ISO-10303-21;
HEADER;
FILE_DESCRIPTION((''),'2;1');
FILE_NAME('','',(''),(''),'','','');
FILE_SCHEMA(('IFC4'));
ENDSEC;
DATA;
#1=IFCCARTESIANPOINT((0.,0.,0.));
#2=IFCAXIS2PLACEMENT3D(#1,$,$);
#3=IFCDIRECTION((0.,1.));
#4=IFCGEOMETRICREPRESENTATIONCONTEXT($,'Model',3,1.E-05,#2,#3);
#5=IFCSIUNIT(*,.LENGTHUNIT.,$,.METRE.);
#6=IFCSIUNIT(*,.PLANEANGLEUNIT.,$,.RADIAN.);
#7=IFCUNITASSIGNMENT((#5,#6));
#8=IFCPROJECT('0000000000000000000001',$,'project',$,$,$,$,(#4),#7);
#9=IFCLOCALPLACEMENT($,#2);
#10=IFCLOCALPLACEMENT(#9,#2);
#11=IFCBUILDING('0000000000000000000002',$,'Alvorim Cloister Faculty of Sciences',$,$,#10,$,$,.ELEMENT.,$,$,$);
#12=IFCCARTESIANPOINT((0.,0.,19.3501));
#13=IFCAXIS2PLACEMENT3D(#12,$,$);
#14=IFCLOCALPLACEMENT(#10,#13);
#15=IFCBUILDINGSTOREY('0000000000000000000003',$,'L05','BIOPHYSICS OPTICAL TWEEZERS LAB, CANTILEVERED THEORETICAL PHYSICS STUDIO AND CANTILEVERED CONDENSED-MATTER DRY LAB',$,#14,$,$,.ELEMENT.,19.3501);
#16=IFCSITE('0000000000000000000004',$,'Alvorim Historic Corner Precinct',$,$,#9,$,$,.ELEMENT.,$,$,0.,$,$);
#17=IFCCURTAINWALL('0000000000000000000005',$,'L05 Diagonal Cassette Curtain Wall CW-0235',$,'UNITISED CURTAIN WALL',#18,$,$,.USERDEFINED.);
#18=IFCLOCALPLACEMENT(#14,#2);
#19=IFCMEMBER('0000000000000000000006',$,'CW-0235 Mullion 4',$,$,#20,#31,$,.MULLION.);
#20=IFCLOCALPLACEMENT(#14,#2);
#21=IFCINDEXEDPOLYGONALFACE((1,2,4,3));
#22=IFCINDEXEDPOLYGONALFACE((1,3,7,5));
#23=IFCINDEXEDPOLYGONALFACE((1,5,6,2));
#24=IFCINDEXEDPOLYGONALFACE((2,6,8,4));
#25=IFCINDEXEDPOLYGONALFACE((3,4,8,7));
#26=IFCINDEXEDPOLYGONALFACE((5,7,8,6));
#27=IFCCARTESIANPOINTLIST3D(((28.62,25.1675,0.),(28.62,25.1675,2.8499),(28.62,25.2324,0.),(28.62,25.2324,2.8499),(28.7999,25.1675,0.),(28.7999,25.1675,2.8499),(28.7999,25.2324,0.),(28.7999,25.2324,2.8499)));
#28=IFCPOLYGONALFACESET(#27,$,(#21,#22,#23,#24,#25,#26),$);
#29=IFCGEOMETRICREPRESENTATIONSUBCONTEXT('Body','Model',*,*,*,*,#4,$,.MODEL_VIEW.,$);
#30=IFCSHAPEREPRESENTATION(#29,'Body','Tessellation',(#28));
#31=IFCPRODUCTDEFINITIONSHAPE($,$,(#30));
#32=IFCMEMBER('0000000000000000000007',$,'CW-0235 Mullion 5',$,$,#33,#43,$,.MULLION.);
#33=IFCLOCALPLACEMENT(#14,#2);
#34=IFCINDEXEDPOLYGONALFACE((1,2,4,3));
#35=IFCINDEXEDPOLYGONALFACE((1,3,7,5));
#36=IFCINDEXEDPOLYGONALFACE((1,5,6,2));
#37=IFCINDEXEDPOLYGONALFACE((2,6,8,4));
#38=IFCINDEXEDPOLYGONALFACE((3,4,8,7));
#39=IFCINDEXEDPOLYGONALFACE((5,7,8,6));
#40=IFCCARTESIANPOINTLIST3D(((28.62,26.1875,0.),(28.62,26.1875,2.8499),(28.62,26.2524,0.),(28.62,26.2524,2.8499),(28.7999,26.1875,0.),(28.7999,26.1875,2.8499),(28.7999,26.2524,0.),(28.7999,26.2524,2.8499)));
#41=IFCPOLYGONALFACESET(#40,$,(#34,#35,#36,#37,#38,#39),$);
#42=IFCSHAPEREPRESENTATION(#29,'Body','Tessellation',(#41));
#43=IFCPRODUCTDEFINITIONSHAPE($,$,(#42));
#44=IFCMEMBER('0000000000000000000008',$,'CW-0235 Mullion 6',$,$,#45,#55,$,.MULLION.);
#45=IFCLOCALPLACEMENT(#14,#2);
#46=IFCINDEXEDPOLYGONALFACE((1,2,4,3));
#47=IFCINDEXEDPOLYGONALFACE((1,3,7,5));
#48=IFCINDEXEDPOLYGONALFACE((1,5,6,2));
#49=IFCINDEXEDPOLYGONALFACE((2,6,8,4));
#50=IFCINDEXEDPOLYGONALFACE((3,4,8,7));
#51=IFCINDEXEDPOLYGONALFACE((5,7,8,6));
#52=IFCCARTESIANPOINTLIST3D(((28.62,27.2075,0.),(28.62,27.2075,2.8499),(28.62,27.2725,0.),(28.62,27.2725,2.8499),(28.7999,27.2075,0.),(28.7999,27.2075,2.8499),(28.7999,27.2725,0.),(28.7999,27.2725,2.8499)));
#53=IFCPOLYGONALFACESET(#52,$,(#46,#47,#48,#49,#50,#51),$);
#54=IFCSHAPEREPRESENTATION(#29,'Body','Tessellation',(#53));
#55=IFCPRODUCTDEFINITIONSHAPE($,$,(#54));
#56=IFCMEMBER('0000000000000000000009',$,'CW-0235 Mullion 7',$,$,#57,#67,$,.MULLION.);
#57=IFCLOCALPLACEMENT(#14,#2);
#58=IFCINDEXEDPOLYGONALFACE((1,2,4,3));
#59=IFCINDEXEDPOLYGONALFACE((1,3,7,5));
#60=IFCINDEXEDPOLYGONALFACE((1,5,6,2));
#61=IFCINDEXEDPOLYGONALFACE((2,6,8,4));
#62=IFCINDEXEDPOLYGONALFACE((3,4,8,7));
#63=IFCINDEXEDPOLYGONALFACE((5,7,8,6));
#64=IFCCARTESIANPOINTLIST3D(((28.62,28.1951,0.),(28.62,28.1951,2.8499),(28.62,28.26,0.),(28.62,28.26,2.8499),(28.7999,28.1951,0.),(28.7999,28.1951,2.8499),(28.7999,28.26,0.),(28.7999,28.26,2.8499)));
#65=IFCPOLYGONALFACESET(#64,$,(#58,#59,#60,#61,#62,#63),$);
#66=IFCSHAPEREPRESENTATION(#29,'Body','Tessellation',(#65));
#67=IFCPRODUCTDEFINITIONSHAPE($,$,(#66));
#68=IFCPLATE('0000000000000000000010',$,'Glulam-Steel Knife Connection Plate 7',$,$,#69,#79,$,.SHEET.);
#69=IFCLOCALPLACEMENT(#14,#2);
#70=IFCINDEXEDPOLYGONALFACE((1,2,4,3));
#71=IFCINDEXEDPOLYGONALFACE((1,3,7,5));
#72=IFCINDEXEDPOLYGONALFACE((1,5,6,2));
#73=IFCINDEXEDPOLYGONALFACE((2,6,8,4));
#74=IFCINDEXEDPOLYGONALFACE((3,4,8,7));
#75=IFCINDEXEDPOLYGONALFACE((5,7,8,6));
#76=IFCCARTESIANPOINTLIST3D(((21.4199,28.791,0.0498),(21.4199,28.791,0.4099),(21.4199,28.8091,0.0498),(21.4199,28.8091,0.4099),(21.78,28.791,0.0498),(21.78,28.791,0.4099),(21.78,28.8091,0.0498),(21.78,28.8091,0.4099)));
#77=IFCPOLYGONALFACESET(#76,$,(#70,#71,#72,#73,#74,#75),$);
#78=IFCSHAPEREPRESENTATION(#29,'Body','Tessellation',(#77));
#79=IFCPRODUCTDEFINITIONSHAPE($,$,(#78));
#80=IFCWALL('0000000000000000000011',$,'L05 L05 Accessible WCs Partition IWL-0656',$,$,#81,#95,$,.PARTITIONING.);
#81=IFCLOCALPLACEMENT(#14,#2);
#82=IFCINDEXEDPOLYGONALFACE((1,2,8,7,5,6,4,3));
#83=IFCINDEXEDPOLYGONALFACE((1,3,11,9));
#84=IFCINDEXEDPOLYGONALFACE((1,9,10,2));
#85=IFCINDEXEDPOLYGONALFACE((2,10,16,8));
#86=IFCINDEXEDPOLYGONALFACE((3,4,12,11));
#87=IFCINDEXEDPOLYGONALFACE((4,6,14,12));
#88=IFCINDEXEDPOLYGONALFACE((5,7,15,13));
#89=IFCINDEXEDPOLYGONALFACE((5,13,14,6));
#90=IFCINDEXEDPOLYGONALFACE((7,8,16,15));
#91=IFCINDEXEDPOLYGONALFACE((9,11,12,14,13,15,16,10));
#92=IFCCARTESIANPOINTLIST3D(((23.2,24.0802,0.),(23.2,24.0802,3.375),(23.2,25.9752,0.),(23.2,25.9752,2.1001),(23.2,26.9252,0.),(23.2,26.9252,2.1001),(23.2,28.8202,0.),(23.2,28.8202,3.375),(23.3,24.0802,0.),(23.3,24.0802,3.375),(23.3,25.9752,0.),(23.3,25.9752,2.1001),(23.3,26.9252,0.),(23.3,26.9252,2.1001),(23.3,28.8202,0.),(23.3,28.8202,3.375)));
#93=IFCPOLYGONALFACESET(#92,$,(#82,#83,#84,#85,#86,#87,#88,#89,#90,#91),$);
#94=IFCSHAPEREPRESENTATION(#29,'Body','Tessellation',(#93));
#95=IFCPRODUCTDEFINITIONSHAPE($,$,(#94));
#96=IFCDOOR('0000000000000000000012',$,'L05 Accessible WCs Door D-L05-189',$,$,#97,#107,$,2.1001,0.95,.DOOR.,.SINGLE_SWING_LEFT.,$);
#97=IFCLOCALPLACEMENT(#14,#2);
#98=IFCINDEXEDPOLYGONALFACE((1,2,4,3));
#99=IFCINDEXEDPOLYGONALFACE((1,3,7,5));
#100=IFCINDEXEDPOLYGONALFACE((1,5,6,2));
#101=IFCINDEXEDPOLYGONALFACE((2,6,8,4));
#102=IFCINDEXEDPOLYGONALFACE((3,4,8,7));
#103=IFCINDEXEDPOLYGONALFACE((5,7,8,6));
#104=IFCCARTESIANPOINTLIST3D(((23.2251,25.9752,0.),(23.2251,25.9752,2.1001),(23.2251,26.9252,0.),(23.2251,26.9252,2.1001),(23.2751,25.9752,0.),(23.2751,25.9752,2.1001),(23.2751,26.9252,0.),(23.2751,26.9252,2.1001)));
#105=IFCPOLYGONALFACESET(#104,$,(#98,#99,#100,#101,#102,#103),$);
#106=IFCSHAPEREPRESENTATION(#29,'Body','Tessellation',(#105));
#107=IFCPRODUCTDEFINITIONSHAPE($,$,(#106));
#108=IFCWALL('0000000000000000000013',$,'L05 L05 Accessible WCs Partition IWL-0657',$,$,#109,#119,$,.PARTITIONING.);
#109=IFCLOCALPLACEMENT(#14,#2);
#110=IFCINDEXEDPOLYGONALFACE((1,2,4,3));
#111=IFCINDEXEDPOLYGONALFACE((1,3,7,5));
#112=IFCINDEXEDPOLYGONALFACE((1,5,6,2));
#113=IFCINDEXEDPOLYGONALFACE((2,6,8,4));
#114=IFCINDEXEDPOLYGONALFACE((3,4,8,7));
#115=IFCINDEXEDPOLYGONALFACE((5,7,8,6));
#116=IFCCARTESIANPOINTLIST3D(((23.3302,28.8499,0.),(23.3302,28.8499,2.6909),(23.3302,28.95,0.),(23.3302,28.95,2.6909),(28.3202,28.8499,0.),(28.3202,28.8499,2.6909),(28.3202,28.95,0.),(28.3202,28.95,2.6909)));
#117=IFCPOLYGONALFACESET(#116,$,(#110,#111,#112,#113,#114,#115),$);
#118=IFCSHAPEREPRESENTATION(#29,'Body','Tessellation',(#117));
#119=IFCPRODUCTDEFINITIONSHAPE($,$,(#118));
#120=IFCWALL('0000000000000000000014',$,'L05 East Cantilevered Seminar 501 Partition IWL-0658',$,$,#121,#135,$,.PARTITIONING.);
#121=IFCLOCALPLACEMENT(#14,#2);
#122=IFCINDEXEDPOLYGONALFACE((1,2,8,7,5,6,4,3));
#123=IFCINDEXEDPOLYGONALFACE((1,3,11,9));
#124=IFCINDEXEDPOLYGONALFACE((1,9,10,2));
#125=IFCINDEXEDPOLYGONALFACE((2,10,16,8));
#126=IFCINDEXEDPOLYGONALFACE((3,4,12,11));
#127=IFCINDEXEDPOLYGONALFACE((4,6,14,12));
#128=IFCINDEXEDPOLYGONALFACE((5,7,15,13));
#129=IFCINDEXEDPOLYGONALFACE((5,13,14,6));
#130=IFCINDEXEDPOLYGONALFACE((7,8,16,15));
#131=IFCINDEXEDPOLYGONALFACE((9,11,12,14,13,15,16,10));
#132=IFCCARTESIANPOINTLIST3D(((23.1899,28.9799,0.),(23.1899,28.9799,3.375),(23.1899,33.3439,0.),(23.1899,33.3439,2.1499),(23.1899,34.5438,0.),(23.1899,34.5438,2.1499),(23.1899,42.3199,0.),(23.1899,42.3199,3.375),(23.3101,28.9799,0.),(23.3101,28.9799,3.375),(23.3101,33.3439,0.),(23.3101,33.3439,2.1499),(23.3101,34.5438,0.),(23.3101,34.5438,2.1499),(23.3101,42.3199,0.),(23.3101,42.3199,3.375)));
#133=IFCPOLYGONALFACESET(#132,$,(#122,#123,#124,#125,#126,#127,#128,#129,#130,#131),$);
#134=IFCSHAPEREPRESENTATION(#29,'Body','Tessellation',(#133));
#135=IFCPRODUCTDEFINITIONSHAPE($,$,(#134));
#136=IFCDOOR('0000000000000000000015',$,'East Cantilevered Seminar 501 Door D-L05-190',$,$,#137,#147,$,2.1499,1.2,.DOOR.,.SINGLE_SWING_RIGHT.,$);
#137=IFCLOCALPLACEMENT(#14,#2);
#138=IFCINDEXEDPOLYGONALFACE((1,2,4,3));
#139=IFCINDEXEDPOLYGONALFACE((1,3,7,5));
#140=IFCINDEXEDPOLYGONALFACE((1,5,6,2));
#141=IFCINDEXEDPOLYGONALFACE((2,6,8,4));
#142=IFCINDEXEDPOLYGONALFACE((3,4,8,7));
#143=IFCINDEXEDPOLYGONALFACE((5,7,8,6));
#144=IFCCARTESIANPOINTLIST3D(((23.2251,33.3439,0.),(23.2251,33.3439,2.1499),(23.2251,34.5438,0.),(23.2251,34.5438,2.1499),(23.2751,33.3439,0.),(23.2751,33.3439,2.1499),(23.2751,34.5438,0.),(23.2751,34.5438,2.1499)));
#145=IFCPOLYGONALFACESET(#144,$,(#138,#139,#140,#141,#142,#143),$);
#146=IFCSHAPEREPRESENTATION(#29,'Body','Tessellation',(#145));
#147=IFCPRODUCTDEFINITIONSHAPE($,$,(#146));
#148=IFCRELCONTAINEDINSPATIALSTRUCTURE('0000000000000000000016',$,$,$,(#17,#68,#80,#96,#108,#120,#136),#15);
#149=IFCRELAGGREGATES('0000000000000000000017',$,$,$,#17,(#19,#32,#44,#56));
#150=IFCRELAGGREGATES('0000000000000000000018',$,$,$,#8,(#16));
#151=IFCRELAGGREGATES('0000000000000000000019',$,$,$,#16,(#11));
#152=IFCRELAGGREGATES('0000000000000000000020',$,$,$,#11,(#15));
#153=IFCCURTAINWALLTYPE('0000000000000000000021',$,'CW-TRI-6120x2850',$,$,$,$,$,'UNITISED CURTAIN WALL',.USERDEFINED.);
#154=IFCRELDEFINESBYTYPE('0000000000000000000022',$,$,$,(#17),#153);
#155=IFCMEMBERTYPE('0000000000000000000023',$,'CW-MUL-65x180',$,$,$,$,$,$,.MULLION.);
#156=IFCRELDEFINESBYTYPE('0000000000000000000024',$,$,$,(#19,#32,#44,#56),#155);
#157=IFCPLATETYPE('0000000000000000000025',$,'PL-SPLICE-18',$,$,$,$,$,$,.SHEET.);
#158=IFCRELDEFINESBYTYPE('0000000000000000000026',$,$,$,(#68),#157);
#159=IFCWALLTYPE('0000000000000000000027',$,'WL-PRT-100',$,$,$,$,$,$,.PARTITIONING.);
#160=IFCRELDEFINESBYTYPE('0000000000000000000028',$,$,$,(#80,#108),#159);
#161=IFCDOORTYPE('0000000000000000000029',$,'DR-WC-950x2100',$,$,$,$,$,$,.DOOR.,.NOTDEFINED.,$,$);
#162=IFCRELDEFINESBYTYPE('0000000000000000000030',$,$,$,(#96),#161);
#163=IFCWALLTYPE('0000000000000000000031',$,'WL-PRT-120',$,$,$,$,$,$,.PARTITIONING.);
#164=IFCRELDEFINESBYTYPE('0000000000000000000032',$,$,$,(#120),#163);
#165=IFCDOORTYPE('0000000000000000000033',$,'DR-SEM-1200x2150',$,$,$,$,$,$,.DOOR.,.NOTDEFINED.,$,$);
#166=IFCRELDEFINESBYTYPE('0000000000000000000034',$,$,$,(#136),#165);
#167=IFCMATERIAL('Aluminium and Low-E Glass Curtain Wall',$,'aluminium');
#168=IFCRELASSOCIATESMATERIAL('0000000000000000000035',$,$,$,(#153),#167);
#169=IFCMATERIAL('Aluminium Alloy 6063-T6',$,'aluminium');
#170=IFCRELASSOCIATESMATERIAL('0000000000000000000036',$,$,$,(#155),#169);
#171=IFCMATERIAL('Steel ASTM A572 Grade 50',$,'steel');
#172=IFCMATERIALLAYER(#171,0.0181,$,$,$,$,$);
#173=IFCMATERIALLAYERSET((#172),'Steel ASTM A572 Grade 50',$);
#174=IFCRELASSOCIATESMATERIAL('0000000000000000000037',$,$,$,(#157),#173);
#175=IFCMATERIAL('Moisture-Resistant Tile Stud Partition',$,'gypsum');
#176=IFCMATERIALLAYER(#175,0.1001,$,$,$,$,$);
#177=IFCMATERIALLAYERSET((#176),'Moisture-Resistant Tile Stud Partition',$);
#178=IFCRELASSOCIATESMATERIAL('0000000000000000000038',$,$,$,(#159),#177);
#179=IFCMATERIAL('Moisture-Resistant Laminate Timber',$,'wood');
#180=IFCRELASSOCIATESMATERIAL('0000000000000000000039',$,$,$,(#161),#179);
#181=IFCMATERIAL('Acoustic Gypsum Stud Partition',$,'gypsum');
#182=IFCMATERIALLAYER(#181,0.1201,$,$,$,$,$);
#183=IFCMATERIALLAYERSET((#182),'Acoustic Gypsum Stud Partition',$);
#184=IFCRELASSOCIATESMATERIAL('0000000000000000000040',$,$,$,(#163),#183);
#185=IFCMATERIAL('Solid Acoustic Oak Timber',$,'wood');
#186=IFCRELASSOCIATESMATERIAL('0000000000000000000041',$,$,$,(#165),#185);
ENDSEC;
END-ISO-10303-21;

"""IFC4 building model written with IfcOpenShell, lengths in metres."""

from ifc_helpers import new_model, si_unit, direction, frame, frame_2d, origin, origin_2d, place, context, subcontext, project, spatial, polyline, rectangle, outline, extrude, material, layer, layer_set, material_profile, profile_set, type_object, element, fill, aggregate, save


model = new_model("IFC4")

# Units and contexts
model_context = context("Model", 3, precision=1e-05, world=origin(), true_north=direction((0.0, 1.0)))
body_context = subcontext(model_context, "Body", "Model", "MODEL_VIEW")
ifc_project = project(units=[si_unit("LENGTHUNIT", "METRE"), si_unit("PLANEANGLEUNIT", "RADIAN")], contexts=[model_context])

# Site, building, storey
site_placement = place(None, origin())
site = spatial("IfcSite", under=ifc_project, at=site_placement, Name="Alvorim Historic Corner Precinct", CompositionType="ELEMENT", RefElevation=0.0)
building_placement = place(site_placement, origin())
building = spatial("IfcBuilding", under=site, at=building_placement, Name="Alvorim Cloister Faculty of Sciences", CompositionType="ELEMENT")
storey_placement = place(building_placement, frame((0.0, 0.0, 19.3501)))
storey = spatial("IfcBuildingStorey", under=building, at=storey_placement, Name="L05", Description="BIOPHYSICS OPTICAL TWEEZERS LAB, CANTILEVERED THEORETICAL PHYSICS STUDIO AND CANTILEVERED CONDENSED-MATTER DRY LAB", CompositionType="ELEMENT", Elevation=19.3501)

# Shared definitions
ifc_material_1 = material(Name="Steel ASTM A572 Grade 50", Category="steel")

# Curtain wall, members
ifc_material_2 = material(Name="Aluminium and Low-E Glass Curtain Wall", Category="aluminium")
curtain_wall_type = type_object("IfcCurtainWallType", Name="CW-TRI-6120x2850", ElementType="UNITISED CURTAIN WALL", PredefinedType="USERDEFINED", material=ifc_material_2)
curtain_wall_placement = place(storey_placement, origin())
curtain_wall = element("IfcCurtainWall", 1, at=curtain_wall_placement, inside=storey, type_object=curtain_wall_type, Name="L05 Diagonal Cassette Curtain Wall CW-0235", ObjectType="UNITISED CURTAIN WALL", PredefinedType="USERDEFINED")
ifc_material_3 = material(Name="Aluminium Alloy 6063-T6", Category="aluminium")
ifc_material_profile_1 = material_profile(ifc_material_3, rectangle(XDim=0.0649, YDim=0.1799, at=origin_2d()), Name="ALU-MUL-65x180")
ifc_profile_set_1 = profile_set([ifc_material_profile_1], Name="Aluminium Alloy 6063-T6")
member_type = type_object("IfcMemberType", Name="CW-MUL-65x180", PredefinedType="MULLION", material=ifc_profile_set_1)
member_1_placement = place(storey_placement, frame((28.71, 25.2, 0.0), z_axis=(0.0, 0.0, 1.0), x_axis=(0.0, 1.0, 0.0)))
member_1 = element("IfcMember", 2, at=member_1_placement, type_object=member_type, Name="CW-0235 Mullion 4", PredefinedType="MULLION", context=body_context, shape_type="SweptSolid", body=[
    extrude(rectangle(XDim=0.0649, YDim=0.1799, at=origin_2d()), origin(), (0.0, 0.0, 1.0), 2.8499),
])
member_2_placement = place(storey_placement, frame((28.71, 26.22, 0.0), z_axis=(0.0, 0.0, 1.0), x_axis=(0.0, 1.0, 0.0)))
member_2 = element("IfcMember", 3, at=member_2_placement, type_object=member_type, Name="CW-0235 Mullion 5", PredefinedType="MULLION", context=body_context, shape_type="SweptSolid", body=[
    extrude(rectangle(XDim=0.0649, YDim=0.1799, at=origin_2d()), origin(), (0.0, 0.0, 1.0), 2.8499),
])
member_3_placement = place(storey_placement, frame((28.71, 27.24, 0.0), z_axis=(0.0, 0.0, 1.0), x_axis=(0.0, 1.0, 0.0)))
member_3 = element("IfcMember", 4, at=member_3_placement, type_object=member_type, Name="CW-0235 Mullion 6", PredefinedType="MULLION", context=body_context, shape_type="SweptSolid", body=[
    extrude(rectangle(XDim=0.0649, YDim=0.1799, at=origin_2d()), origin(), (0.0, 0.0, 1.0), 2.8499),
])
member_4_placement = place(storey_placement, frame((28.71, 28.2275, 0.0), z_axis=(0.0, 0.0, 1.0), x_axis=(0.0, 1.0, 0.0)))
member_4 = element("IfcMember", 5, at=member_4_placement, type_object=member_type, Name="CW-0235 Mullion 7", PredefinedType="MULLION", context=body_context, shape_type="SweptSolid", body=[
    extrude(rectangle(XDim=0.0649, YDim=0.1799, at=origin_2d()), origin(), (0.0, 0.0, 1.0), 2.8499),
])
aggregate(curtain_wall, [member_1, member_2, member_3, member_4])

# Plate
ifc_layer_1 = layer(ifc_material_1, 0.0181)
ifc_layer_set_1 = layer_set([ifc_layer_1], Name="Steel ASTM A572 Grade 50")
plate_type = type_object("IfcPlateType", Name="PL-SPLICE-18", PredefinedType="SHEET", material=ifc_layer_set_1)
plate_placement = place(storey_placement, frame((21.4199, 28.8, 0.0498), z_axis=(0.0, 0.0, 1.0), x_axis=(1.0, 0.0, 0.0)))
element("IfcPlate", 6, at=plate_placement, inside=storey, type_object=plate_type, Name="Glulam-Steel Knife Connection Plate 7", PredefinedType="SHEET", context=body_context, shape_type="SweptSolid", body=[
    extrude(outline(polyline([(0.0, 0.0), (0.3601, 0.0), (0.3601, 0.3601), (0.0, 0.3601), (0.0, 0.0)])), frame((0.0, 0.009, 0.0), z_axis=(0.0, -1.0, 0.0), x_axis=(1.0, 0.0, 0.0)), (0.0, 0.0, 1.0), 0.0181),
])

# Wall, opening, door
ifc_material_4 = material(Name="Moisture-Resistant Tile Stud Partition", Category="gypsum")
ifc_layer_2 = layer(ifc_material_4, 0.1001)
ifc_layer_set_2 = layer_set([ifc_layer_2], Name="Moisture-Resistant Tile Stud Partition")
wall_type_1 = type_object("IfcWallType", Name="WL-PRT-100", PredefinedType="PARTITIONING", material=ifc_layer_set_2)
wall_1_placement = place(storey_placement, frame((23.25, 24.0801, 0.0), z_axis=(0.0, 0.0, 1.0), x_axis=(0.0, 1.0, 0.0)))
wall_1 = element("IfcWall", 7, at=wall_1_placement, inside=storey, type_object=wall_type_1, Name="L05 L05 Accessible WCs Partition IWL-0656", PredefinedType="PARTITIONING", context=body_context, shape_type="SweptSolid", body=[
    extrude(rectangle(XDim=4.74, YDim=0.1001, at=frame_2d((2.3701, 0.0))), origin(), (0.0, 0.0, 1.0), 3.375),
])
opening_1_placement = place(wall_1_placement, frame((1.895, 0.0, 0.0)))
opening_1 = element("IfcOpeningElement", 8, at=opening_1_placement, cuts=wall_1, PredefinedType="OPENING", context=body_context, shape_type="SweptSolid", body=[
    extrude(rectangle(XDim=0.95, YDim=2.1001, at=frame_2d((0.4751, 1.05))), frame((0.0, 0.062, 0.0), z_axis=(0.0, -1.0, 0.0), x_axis=(1.0, 0.0, 0.0)), (0.0, 0.0, 1.0), 0.124),
])
ifc_material_5 = material(Name="Moisture-Resistant Laminate Timber", Category="wood")
door_type_1 = type_object("IfcDoorType", Name="DR-WC-950x2100", OperationType="NOTDEFINED", PredefinedType="DOOR", material=ifc_material_5)
door_1_placement = place(opening_1_placement, origin())
door_1 = element("IfcDoor", 9, at=door_1_placement, inside=storey, type_object=door_type_1, Name="L05 Accessible WCs Door D-L05-189", OperationType="SINGLE_SWING_LEFT", OverallHeight=2.1001, OverallWidth=0.95, PredefinedType="DOOR", context=body_context, shape_type="SweptSolid", body=[
    extrude(rectangle(XDim=0.95, YDim=2.1001, at=frame_2d((0.4751, 1.05))), frame((0.0, 0.0249, 0.0), z_axis=(0.0, -1.0, 0.0), x_axis=(1.0, 0.0, 0.0)), (0.0, 0.0, 1.0), 0.05),
])
fill(opening_1, door_1)

# Wall
wall_2_placement = place(storey_placement, frame((23.3301, 28.8999, 0.0), z_axis=(0.0, 0.0, 1.0), x_axis=(1.0, 0.0, 0.0)))
element("IfcWall", 10, at=wall_2_placement, inside=storey, type_object=wall_type_1, Name="L05 L05 Accessible WCs Partition IWL-0657", PredefinedType="PARTITIONING", context=body_context, shape_type="SweptSolid", body=[
    extrude(rectangle(XDim=4.99, YDim=0.1001, at=frame_2d((2.4951, 0.0))), origin(), (0.0, 0.0, 1.0), 2.6909),
])

# Wall, opening, door
ifc_material_6 = material(Name="Acoustic Gypsum Stud Partition", Category="gypsum")
ifc_layer_3 = layer(ifc_material_6, 0.1201)
ifc_layer_set_3 = layer_set([ifc_layer_3], Name="Acoustic Gypsum Stud Partition")
wall_type_2 = type_object("IfcWallType", Name="WL-PRT-120", PredefinedType="PARTITIONING", material=ifc_layer_set_3)
wall_3_placement = place(storey_placement, frame((23.25, 28.98, 0.0), z_axis=(0.0, 0.0, 1.0), x_axis=(0.0, 1.0, 0.0)))
wall_3 = element("IfcWall", 11, at=wall_3_placement, inside=storey, type_object=wall_type_2, Name="L05 East Cantilevered Seminar 501 Partition IWL-0658", PredefinedType="PARTITIONING", context=body_context, shape_type="SweptSolid", body=[
    extrude(rectangle(XDim=13.3401, YDim=0.1201, at=frame_2d((6.6699, 0.0))), origin(), (0.0, 0.0, 1.0), 3.375),
])
opening_2_placement = place(wall_3_placement, frame((4.3638, 0.0, 0.0)))
opening_2 = element("IfcOpeningElement", 12, at=opening_2_placement, cuts=wall_3, PredefinedType="OPENING", context=body_context, shape_type="SweptSolid", body=[
    extrude(rectangle(XDim=1.2, YDim=2.1499, at=frame_2d((0.6001, 1.075))), frame((0.0, 0.072, 0.0), z_axis=(0.0, -1.0, 0.0), x_axis=(1.0, 0.0, 0.0)), (0.0, 0.0, 1.0), 0.144),
])
ifc_material_7 = material(Name="Solid Acoustic Oak Timber", Category="wood")
door_type_2 = type_object("IfcDoorType", Name="DR-SEM-1200x2150", OperationType="NOTDEFINED", PredefinedType="DOOR", material=ifc_material_7)
door_2_placement = place(opening_2_placement, origin())
door_2 = element("IfcDoor", 13, at=door_2_placement, inside=storey, type_object=door_type_2, Name="East Cantilevered Seminar 501 Door D-L05-190", OperationType="SINGLE_SWING_RIGHT", OverallHeight=2.1499, OverallWidth=1.2, PredefinedType="DOOR", context=body_context, shape_type="SweptSolid", body=[
    extrude(rectangle(XDim=1.2, YDim=2.1499, at=frame_2d((0.6001, 1.075))), frame((0.0, 0.0249, 0.0), z_axis=(0.0, -1.0, 0.0), x_axis=(1.0, 0.0, 0.0)), (0.0, 0.0, 1.0), 0.05),
])
fill(opening_2, door_2)

save(model, "model.ifc")
